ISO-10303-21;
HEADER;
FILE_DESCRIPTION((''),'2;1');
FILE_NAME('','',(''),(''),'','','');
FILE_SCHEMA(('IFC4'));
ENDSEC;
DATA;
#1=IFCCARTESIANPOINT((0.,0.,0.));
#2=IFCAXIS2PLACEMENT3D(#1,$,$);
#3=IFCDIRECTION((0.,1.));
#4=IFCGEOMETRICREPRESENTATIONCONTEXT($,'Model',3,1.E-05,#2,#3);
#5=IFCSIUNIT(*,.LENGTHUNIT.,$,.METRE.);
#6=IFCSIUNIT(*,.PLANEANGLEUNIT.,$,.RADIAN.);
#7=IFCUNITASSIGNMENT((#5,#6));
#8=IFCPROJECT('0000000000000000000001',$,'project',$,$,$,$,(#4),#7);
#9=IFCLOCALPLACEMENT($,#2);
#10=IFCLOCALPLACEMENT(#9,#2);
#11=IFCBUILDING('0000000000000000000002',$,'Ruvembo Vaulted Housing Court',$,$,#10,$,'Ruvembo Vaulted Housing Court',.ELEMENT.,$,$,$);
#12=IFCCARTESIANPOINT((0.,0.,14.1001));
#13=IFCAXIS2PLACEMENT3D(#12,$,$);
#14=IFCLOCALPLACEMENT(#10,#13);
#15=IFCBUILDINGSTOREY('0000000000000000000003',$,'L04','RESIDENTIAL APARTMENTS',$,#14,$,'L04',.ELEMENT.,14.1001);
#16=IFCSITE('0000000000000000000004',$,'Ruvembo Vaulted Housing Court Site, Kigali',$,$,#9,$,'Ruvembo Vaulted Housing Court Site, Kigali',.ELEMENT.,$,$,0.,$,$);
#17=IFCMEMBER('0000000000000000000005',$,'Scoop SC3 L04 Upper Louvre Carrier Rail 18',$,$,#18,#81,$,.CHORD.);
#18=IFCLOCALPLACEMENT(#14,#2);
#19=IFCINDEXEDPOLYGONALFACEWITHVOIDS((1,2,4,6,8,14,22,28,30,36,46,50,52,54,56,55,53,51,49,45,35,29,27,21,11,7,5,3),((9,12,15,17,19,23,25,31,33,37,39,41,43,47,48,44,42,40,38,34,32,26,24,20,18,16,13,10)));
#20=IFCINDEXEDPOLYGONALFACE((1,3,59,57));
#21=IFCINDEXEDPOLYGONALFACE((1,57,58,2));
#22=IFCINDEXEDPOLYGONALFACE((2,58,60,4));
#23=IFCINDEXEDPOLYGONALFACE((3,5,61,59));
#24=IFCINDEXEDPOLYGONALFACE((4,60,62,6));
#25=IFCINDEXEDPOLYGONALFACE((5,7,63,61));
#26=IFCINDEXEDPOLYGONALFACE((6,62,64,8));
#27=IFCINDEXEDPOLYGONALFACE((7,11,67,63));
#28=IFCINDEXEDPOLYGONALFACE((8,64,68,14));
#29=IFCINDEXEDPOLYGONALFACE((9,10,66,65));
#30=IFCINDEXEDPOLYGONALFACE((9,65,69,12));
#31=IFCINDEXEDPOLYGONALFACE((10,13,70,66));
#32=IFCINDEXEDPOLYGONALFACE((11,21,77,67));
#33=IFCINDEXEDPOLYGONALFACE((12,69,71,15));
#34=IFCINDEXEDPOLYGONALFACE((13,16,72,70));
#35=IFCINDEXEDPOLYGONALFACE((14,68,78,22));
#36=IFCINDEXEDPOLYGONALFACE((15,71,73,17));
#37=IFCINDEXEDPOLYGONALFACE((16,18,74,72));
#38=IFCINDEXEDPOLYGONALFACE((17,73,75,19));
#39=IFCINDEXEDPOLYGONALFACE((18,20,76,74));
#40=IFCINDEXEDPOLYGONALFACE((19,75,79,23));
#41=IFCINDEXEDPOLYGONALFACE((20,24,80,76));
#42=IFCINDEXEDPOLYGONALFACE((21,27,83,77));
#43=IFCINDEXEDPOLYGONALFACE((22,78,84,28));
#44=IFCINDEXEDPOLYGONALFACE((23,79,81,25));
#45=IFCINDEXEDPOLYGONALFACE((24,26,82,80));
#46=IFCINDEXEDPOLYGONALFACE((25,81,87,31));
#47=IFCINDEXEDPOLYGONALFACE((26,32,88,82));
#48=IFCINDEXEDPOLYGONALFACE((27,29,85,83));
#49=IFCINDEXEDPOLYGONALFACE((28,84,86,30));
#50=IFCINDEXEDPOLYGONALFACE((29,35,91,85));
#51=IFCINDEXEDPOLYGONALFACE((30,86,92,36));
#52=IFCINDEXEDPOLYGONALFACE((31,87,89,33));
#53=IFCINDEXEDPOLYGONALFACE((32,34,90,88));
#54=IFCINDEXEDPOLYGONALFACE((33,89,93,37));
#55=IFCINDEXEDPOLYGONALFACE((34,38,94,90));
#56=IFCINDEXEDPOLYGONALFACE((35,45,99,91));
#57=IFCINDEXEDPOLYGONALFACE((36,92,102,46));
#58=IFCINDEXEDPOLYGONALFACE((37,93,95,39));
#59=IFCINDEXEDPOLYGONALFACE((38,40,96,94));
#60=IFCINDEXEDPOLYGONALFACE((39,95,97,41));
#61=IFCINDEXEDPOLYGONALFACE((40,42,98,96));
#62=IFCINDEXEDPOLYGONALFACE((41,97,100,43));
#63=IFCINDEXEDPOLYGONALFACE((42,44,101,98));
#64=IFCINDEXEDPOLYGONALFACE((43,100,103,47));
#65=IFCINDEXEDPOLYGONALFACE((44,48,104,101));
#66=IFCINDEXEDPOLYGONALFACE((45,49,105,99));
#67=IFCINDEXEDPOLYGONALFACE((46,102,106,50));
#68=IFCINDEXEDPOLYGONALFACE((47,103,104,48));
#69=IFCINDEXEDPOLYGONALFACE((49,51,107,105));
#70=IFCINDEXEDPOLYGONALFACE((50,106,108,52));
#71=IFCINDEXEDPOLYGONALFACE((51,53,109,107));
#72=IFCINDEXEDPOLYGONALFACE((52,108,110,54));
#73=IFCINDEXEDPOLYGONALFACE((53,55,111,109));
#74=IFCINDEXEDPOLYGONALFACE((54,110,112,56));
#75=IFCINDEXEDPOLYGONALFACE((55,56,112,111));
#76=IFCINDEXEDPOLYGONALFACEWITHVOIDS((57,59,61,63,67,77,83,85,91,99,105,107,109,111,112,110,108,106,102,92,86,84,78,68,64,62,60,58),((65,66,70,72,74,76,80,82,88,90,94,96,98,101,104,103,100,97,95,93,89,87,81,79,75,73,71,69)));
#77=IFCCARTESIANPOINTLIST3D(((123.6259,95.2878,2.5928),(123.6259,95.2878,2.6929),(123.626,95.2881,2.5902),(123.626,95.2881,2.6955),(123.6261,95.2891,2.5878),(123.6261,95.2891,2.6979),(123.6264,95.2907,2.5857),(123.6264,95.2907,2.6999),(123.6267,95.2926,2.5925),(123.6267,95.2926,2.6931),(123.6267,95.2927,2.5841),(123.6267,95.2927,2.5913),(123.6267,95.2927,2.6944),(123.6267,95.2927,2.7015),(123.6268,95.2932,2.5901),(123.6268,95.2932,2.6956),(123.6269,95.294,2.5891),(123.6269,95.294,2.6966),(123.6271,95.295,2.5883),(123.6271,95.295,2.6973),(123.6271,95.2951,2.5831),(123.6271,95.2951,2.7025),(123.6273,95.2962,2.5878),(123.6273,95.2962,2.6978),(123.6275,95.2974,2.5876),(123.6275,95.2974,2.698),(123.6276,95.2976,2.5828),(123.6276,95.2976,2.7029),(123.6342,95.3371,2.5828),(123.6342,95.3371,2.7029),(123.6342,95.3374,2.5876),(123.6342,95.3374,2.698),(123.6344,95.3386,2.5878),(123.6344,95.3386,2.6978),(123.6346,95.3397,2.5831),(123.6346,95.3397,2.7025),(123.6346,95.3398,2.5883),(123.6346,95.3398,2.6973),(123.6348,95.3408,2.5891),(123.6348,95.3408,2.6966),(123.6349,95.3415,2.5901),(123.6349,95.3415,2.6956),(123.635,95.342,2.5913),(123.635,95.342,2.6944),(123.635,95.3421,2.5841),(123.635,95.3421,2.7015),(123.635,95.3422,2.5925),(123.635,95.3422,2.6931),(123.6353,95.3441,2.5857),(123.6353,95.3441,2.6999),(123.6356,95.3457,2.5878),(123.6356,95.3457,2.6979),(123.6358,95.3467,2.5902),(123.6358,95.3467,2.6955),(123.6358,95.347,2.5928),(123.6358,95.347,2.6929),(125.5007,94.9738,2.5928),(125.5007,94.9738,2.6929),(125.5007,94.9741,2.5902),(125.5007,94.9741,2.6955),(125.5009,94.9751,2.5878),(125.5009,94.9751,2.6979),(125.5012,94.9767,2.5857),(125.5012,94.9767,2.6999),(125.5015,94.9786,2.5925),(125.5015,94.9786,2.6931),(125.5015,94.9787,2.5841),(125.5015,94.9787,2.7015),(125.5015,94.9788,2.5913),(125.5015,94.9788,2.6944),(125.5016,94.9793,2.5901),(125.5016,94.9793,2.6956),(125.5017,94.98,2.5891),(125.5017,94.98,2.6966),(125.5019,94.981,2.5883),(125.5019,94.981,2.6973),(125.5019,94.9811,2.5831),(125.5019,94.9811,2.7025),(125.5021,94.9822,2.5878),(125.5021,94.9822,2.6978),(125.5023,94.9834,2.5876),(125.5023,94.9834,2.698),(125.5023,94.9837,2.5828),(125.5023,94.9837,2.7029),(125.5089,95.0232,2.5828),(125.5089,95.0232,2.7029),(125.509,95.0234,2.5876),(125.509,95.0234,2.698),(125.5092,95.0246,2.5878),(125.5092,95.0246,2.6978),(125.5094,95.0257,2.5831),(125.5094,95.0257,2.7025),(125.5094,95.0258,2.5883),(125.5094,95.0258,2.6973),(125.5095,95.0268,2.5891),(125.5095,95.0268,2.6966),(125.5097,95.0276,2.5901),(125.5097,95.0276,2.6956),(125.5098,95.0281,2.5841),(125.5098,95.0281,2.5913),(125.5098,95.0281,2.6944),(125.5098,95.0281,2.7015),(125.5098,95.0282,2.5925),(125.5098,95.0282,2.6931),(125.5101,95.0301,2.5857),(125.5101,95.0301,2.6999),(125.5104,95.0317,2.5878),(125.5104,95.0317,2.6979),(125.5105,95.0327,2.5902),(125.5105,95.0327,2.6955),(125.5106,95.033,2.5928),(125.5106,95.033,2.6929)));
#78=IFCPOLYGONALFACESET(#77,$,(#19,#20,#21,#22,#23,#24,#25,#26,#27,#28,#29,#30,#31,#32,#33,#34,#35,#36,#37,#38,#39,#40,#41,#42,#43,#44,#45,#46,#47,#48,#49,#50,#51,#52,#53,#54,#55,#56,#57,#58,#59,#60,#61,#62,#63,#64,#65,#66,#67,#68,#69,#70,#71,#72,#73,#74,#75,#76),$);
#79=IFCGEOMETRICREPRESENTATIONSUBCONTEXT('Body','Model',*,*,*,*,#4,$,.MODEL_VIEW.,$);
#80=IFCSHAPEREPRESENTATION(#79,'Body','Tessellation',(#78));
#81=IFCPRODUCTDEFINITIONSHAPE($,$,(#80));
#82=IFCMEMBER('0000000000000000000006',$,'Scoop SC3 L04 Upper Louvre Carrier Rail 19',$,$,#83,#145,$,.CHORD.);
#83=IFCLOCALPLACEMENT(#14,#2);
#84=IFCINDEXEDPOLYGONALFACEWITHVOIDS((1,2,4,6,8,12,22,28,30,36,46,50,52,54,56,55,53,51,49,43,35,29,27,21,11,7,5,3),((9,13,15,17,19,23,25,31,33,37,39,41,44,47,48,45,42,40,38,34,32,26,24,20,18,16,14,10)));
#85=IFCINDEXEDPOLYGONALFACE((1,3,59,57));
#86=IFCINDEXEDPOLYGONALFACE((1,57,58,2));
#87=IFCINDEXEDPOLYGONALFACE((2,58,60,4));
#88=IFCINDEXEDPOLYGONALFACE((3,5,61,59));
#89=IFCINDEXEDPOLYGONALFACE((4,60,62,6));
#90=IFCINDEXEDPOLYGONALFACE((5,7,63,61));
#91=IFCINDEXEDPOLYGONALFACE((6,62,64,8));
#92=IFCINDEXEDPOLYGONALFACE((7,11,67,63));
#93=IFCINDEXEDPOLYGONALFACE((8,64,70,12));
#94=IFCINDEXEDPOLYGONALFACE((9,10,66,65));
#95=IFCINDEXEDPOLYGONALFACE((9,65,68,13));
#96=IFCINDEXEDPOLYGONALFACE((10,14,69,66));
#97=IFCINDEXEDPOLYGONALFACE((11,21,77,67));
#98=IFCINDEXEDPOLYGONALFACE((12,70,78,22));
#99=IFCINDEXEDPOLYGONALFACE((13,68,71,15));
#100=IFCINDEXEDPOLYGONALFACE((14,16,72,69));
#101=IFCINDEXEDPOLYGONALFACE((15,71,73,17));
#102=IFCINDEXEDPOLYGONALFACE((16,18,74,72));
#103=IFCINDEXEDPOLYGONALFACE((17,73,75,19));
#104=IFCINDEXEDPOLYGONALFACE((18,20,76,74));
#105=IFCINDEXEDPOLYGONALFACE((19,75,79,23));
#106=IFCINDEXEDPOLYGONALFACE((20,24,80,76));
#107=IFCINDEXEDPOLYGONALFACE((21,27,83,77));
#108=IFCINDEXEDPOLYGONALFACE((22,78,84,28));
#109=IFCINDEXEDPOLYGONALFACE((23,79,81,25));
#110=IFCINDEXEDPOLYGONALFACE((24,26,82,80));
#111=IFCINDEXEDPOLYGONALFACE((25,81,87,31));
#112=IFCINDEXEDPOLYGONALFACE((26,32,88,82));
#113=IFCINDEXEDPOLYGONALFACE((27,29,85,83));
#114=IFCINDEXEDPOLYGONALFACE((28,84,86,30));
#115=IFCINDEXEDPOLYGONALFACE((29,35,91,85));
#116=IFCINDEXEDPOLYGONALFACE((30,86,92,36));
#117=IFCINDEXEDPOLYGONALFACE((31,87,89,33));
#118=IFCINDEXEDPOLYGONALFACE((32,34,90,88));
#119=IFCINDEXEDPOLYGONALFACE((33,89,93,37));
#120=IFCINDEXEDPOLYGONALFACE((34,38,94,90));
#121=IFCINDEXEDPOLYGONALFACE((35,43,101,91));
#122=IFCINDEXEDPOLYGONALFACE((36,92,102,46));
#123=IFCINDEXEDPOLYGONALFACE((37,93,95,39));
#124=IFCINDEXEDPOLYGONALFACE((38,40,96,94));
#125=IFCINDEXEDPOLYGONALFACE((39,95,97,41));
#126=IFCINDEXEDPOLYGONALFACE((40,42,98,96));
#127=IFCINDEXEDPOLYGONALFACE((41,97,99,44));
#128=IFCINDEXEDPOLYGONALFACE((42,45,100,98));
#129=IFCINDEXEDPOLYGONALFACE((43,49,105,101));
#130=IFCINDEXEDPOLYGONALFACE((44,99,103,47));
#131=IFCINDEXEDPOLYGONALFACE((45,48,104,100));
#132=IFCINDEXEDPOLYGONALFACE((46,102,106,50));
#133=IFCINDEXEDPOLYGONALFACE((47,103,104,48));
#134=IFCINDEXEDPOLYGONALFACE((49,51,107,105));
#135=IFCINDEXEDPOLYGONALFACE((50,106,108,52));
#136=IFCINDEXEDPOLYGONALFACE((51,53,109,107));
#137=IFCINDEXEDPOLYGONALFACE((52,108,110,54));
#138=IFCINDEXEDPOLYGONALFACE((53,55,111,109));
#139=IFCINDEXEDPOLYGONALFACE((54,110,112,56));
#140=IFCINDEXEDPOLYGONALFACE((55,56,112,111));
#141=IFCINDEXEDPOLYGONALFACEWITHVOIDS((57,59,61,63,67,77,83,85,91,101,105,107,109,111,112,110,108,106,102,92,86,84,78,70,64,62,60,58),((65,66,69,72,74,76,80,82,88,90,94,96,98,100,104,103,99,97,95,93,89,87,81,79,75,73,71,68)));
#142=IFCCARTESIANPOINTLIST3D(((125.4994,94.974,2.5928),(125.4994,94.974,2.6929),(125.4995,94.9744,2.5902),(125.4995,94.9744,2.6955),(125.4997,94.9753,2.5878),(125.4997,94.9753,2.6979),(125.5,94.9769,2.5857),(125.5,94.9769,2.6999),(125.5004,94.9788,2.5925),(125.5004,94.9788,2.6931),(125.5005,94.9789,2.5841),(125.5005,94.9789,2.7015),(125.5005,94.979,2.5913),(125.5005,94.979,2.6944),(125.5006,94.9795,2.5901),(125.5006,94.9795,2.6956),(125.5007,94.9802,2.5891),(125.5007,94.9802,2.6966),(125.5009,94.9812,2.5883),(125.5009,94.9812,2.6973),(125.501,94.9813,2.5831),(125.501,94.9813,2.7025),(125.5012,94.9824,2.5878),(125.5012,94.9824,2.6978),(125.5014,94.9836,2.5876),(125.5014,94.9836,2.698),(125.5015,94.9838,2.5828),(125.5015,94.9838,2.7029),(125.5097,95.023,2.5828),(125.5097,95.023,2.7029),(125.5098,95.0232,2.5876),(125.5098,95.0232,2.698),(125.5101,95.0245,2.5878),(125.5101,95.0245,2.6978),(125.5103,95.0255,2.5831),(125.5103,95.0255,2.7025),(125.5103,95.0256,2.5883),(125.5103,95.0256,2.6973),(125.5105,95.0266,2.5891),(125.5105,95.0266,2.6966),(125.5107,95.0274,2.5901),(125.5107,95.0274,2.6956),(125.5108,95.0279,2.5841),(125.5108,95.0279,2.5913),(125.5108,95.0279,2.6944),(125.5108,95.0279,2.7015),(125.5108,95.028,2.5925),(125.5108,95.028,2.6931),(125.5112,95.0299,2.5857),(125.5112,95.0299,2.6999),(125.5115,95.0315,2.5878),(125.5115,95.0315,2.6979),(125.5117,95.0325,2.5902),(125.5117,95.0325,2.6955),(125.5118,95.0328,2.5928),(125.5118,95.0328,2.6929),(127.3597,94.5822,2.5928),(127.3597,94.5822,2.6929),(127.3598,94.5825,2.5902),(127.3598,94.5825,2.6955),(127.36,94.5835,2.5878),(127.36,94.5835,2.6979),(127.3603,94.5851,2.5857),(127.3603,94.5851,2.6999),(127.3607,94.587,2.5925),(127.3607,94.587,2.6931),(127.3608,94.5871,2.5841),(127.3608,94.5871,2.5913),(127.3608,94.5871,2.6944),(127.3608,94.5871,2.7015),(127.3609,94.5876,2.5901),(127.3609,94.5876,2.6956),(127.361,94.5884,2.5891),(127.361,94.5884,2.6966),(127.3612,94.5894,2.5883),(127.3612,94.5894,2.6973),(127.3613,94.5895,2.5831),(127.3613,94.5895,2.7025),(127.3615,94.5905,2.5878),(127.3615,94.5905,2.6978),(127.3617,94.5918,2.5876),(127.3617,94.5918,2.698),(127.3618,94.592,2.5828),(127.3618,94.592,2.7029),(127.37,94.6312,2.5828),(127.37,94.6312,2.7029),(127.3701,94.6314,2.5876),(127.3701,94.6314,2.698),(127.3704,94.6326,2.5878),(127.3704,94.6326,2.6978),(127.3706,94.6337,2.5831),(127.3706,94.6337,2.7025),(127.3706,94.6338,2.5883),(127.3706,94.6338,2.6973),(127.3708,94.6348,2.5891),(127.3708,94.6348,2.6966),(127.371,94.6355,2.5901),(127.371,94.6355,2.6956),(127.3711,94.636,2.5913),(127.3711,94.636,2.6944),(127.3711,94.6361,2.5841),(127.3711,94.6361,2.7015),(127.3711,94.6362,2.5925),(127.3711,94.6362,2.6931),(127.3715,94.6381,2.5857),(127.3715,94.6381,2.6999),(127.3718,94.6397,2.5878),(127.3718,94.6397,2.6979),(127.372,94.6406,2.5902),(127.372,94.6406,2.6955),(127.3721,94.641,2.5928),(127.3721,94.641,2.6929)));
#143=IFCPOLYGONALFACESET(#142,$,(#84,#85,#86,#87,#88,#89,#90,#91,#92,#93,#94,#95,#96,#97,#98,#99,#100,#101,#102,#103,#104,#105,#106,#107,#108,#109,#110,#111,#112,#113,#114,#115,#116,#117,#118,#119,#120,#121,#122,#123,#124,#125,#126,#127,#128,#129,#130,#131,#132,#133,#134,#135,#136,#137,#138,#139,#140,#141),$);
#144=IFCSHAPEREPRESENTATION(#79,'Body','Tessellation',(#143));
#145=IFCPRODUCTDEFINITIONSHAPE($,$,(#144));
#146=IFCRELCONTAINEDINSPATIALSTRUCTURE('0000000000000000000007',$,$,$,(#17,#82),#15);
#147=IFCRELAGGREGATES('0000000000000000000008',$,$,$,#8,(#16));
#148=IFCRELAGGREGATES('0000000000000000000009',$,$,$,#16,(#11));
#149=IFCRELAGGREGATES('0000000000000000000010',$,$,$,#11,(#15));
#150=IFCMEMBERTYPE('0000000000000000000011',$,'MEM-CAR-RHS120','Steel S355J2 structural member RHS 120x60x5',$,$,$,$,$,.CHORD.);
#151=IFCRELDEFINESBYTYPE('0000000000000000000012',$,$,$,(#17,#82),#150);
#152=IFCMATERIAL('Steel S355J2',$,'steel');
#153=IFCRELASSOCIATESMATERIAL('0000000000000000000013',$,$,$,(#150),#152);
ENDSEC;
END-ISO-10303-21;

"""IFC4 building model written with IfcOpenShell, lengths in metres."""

from ifc_helpers import new_model, si_unit, direction, frame, origin, origin_2d, place, context, subcontext, project, spatial, hollow_rectangle, extrude, material, material_profile, profile_set, type_object, element, save


model = new_model("IFC4")

# Units and contexts
model_context = context("Model", 3, precision=1e-05, world=origin(), true_north=direction((0.0, 1.0)))
body_context = subcontext(model_context, "Body", "Model", "MODEL_VIEW")
ifc_project = project(units=[si_unit("LENGTHUNIT", "METRE"), si_unit("PLANEANGLEUNIT", "RADIAN")], contexts=[model_context])

# Site, building, storey
site_placement = place(None, origin())
site = spatial("IfcSite", under=ifc_project, at=site_placement, Name="Ruvembo Vaulted Housing Court Site, Kigali", LongName="Ruvembo Vaulted Housing Court Site, Kigali", CompositionType="ELEMENT", RefElevation=0.0)
building_placement = place(site_placement, origin())
building = spatial("IfcBuilding", under=site, at=building_placement, Name="Ruvembo Vaulted Housing Court", LongName="Ruvembo Vaulted Housing Court", CompositionType="ELEMENT")
storey_placement = place(building_placement, frame((0.0, 0.0, 14.1001)))
storey = spatial("IfcBuildingStorey", under=building, at=storey_placement, Name="L04", Description="RESIDENTIAL APARTMENTS", LongName="L04", CompositionType="ELEMENT", Elevation=14.1001)

# Shared definitions
ifc_material_1 = material(Name="Steel S355J2", Category="steel")

# Members
ifc_material_profile_1 = material_profile(ifc_material_1, hollow_rectangle(XDim=0.0601, YDim=0.1201, WallThickness=0.0049, InnerFilletRadius=0.0049, OuterFilletRadius=0.01, at=origin_2d()), Name="RHS 120x60x5")
ifc_profile_set_1 = profile_set([ifc_material_profile_1], Name="Steel S355J2")
member_type_1 = type_object("IfcMemberType", Name="MEM-CAR-RHS120", Description="Steel S355J2 structural member RHS 120x60x5", PredefinedType="CHORD", material=ifc_profile_set_1)
member_1_placement = place(storey_placement, frame((123.6309, 95.3174, 2.6428), z_axis=(0.986265, -0.16517, 0.0), x_axis=(0.16517, 0.986265, 0.0)))
element("IfcMember", 1, at=member_1_placement, inside=storey, type_object=member_type_1, Name="Scoop SC3 L04 Upper Louvre Carrier Rail 18", PredefinedType="CHORD", context=body_context, shape_type="SweptSolid", body=[
    extrude(hollow_rectangle(XDim=0.0601, YDim=0.1201, WallThickness=0.0049, InnerFilletRadius=0.0049, OuterFilletRadius=0.01, at=origin_2d()), origin(), (0.0, 0.0, 1.0), 1.9009),
])
member_2_placement = place(storey_placement, frame((125.5056, 95.0034, 2.6428), z_axis=(0.978529, -0.206108, 0.0), x_axis=(0.206108, 0.978529, 0.0)))
element("IfcMember", 2, at=member_2_placement, inside=storey, type_object=member_type_1, Name="Scoop SC3 L04 Upper Louvre Carrier Rail 19", PredefinedType="CHORD", context=body_context, shape_type="SweptSolid", body=[
    extrude(hollow_rectangle(XDim=0.0601, YDim=0.1201, WallThickness=0.0049, InnerFilletRadius=0.0049, OuterFilletRadius=0.01, at=origin_2d()), origin(), (0.0, 0.0, 1.0), 1.9011),
])

save(model, "model.ifc")
